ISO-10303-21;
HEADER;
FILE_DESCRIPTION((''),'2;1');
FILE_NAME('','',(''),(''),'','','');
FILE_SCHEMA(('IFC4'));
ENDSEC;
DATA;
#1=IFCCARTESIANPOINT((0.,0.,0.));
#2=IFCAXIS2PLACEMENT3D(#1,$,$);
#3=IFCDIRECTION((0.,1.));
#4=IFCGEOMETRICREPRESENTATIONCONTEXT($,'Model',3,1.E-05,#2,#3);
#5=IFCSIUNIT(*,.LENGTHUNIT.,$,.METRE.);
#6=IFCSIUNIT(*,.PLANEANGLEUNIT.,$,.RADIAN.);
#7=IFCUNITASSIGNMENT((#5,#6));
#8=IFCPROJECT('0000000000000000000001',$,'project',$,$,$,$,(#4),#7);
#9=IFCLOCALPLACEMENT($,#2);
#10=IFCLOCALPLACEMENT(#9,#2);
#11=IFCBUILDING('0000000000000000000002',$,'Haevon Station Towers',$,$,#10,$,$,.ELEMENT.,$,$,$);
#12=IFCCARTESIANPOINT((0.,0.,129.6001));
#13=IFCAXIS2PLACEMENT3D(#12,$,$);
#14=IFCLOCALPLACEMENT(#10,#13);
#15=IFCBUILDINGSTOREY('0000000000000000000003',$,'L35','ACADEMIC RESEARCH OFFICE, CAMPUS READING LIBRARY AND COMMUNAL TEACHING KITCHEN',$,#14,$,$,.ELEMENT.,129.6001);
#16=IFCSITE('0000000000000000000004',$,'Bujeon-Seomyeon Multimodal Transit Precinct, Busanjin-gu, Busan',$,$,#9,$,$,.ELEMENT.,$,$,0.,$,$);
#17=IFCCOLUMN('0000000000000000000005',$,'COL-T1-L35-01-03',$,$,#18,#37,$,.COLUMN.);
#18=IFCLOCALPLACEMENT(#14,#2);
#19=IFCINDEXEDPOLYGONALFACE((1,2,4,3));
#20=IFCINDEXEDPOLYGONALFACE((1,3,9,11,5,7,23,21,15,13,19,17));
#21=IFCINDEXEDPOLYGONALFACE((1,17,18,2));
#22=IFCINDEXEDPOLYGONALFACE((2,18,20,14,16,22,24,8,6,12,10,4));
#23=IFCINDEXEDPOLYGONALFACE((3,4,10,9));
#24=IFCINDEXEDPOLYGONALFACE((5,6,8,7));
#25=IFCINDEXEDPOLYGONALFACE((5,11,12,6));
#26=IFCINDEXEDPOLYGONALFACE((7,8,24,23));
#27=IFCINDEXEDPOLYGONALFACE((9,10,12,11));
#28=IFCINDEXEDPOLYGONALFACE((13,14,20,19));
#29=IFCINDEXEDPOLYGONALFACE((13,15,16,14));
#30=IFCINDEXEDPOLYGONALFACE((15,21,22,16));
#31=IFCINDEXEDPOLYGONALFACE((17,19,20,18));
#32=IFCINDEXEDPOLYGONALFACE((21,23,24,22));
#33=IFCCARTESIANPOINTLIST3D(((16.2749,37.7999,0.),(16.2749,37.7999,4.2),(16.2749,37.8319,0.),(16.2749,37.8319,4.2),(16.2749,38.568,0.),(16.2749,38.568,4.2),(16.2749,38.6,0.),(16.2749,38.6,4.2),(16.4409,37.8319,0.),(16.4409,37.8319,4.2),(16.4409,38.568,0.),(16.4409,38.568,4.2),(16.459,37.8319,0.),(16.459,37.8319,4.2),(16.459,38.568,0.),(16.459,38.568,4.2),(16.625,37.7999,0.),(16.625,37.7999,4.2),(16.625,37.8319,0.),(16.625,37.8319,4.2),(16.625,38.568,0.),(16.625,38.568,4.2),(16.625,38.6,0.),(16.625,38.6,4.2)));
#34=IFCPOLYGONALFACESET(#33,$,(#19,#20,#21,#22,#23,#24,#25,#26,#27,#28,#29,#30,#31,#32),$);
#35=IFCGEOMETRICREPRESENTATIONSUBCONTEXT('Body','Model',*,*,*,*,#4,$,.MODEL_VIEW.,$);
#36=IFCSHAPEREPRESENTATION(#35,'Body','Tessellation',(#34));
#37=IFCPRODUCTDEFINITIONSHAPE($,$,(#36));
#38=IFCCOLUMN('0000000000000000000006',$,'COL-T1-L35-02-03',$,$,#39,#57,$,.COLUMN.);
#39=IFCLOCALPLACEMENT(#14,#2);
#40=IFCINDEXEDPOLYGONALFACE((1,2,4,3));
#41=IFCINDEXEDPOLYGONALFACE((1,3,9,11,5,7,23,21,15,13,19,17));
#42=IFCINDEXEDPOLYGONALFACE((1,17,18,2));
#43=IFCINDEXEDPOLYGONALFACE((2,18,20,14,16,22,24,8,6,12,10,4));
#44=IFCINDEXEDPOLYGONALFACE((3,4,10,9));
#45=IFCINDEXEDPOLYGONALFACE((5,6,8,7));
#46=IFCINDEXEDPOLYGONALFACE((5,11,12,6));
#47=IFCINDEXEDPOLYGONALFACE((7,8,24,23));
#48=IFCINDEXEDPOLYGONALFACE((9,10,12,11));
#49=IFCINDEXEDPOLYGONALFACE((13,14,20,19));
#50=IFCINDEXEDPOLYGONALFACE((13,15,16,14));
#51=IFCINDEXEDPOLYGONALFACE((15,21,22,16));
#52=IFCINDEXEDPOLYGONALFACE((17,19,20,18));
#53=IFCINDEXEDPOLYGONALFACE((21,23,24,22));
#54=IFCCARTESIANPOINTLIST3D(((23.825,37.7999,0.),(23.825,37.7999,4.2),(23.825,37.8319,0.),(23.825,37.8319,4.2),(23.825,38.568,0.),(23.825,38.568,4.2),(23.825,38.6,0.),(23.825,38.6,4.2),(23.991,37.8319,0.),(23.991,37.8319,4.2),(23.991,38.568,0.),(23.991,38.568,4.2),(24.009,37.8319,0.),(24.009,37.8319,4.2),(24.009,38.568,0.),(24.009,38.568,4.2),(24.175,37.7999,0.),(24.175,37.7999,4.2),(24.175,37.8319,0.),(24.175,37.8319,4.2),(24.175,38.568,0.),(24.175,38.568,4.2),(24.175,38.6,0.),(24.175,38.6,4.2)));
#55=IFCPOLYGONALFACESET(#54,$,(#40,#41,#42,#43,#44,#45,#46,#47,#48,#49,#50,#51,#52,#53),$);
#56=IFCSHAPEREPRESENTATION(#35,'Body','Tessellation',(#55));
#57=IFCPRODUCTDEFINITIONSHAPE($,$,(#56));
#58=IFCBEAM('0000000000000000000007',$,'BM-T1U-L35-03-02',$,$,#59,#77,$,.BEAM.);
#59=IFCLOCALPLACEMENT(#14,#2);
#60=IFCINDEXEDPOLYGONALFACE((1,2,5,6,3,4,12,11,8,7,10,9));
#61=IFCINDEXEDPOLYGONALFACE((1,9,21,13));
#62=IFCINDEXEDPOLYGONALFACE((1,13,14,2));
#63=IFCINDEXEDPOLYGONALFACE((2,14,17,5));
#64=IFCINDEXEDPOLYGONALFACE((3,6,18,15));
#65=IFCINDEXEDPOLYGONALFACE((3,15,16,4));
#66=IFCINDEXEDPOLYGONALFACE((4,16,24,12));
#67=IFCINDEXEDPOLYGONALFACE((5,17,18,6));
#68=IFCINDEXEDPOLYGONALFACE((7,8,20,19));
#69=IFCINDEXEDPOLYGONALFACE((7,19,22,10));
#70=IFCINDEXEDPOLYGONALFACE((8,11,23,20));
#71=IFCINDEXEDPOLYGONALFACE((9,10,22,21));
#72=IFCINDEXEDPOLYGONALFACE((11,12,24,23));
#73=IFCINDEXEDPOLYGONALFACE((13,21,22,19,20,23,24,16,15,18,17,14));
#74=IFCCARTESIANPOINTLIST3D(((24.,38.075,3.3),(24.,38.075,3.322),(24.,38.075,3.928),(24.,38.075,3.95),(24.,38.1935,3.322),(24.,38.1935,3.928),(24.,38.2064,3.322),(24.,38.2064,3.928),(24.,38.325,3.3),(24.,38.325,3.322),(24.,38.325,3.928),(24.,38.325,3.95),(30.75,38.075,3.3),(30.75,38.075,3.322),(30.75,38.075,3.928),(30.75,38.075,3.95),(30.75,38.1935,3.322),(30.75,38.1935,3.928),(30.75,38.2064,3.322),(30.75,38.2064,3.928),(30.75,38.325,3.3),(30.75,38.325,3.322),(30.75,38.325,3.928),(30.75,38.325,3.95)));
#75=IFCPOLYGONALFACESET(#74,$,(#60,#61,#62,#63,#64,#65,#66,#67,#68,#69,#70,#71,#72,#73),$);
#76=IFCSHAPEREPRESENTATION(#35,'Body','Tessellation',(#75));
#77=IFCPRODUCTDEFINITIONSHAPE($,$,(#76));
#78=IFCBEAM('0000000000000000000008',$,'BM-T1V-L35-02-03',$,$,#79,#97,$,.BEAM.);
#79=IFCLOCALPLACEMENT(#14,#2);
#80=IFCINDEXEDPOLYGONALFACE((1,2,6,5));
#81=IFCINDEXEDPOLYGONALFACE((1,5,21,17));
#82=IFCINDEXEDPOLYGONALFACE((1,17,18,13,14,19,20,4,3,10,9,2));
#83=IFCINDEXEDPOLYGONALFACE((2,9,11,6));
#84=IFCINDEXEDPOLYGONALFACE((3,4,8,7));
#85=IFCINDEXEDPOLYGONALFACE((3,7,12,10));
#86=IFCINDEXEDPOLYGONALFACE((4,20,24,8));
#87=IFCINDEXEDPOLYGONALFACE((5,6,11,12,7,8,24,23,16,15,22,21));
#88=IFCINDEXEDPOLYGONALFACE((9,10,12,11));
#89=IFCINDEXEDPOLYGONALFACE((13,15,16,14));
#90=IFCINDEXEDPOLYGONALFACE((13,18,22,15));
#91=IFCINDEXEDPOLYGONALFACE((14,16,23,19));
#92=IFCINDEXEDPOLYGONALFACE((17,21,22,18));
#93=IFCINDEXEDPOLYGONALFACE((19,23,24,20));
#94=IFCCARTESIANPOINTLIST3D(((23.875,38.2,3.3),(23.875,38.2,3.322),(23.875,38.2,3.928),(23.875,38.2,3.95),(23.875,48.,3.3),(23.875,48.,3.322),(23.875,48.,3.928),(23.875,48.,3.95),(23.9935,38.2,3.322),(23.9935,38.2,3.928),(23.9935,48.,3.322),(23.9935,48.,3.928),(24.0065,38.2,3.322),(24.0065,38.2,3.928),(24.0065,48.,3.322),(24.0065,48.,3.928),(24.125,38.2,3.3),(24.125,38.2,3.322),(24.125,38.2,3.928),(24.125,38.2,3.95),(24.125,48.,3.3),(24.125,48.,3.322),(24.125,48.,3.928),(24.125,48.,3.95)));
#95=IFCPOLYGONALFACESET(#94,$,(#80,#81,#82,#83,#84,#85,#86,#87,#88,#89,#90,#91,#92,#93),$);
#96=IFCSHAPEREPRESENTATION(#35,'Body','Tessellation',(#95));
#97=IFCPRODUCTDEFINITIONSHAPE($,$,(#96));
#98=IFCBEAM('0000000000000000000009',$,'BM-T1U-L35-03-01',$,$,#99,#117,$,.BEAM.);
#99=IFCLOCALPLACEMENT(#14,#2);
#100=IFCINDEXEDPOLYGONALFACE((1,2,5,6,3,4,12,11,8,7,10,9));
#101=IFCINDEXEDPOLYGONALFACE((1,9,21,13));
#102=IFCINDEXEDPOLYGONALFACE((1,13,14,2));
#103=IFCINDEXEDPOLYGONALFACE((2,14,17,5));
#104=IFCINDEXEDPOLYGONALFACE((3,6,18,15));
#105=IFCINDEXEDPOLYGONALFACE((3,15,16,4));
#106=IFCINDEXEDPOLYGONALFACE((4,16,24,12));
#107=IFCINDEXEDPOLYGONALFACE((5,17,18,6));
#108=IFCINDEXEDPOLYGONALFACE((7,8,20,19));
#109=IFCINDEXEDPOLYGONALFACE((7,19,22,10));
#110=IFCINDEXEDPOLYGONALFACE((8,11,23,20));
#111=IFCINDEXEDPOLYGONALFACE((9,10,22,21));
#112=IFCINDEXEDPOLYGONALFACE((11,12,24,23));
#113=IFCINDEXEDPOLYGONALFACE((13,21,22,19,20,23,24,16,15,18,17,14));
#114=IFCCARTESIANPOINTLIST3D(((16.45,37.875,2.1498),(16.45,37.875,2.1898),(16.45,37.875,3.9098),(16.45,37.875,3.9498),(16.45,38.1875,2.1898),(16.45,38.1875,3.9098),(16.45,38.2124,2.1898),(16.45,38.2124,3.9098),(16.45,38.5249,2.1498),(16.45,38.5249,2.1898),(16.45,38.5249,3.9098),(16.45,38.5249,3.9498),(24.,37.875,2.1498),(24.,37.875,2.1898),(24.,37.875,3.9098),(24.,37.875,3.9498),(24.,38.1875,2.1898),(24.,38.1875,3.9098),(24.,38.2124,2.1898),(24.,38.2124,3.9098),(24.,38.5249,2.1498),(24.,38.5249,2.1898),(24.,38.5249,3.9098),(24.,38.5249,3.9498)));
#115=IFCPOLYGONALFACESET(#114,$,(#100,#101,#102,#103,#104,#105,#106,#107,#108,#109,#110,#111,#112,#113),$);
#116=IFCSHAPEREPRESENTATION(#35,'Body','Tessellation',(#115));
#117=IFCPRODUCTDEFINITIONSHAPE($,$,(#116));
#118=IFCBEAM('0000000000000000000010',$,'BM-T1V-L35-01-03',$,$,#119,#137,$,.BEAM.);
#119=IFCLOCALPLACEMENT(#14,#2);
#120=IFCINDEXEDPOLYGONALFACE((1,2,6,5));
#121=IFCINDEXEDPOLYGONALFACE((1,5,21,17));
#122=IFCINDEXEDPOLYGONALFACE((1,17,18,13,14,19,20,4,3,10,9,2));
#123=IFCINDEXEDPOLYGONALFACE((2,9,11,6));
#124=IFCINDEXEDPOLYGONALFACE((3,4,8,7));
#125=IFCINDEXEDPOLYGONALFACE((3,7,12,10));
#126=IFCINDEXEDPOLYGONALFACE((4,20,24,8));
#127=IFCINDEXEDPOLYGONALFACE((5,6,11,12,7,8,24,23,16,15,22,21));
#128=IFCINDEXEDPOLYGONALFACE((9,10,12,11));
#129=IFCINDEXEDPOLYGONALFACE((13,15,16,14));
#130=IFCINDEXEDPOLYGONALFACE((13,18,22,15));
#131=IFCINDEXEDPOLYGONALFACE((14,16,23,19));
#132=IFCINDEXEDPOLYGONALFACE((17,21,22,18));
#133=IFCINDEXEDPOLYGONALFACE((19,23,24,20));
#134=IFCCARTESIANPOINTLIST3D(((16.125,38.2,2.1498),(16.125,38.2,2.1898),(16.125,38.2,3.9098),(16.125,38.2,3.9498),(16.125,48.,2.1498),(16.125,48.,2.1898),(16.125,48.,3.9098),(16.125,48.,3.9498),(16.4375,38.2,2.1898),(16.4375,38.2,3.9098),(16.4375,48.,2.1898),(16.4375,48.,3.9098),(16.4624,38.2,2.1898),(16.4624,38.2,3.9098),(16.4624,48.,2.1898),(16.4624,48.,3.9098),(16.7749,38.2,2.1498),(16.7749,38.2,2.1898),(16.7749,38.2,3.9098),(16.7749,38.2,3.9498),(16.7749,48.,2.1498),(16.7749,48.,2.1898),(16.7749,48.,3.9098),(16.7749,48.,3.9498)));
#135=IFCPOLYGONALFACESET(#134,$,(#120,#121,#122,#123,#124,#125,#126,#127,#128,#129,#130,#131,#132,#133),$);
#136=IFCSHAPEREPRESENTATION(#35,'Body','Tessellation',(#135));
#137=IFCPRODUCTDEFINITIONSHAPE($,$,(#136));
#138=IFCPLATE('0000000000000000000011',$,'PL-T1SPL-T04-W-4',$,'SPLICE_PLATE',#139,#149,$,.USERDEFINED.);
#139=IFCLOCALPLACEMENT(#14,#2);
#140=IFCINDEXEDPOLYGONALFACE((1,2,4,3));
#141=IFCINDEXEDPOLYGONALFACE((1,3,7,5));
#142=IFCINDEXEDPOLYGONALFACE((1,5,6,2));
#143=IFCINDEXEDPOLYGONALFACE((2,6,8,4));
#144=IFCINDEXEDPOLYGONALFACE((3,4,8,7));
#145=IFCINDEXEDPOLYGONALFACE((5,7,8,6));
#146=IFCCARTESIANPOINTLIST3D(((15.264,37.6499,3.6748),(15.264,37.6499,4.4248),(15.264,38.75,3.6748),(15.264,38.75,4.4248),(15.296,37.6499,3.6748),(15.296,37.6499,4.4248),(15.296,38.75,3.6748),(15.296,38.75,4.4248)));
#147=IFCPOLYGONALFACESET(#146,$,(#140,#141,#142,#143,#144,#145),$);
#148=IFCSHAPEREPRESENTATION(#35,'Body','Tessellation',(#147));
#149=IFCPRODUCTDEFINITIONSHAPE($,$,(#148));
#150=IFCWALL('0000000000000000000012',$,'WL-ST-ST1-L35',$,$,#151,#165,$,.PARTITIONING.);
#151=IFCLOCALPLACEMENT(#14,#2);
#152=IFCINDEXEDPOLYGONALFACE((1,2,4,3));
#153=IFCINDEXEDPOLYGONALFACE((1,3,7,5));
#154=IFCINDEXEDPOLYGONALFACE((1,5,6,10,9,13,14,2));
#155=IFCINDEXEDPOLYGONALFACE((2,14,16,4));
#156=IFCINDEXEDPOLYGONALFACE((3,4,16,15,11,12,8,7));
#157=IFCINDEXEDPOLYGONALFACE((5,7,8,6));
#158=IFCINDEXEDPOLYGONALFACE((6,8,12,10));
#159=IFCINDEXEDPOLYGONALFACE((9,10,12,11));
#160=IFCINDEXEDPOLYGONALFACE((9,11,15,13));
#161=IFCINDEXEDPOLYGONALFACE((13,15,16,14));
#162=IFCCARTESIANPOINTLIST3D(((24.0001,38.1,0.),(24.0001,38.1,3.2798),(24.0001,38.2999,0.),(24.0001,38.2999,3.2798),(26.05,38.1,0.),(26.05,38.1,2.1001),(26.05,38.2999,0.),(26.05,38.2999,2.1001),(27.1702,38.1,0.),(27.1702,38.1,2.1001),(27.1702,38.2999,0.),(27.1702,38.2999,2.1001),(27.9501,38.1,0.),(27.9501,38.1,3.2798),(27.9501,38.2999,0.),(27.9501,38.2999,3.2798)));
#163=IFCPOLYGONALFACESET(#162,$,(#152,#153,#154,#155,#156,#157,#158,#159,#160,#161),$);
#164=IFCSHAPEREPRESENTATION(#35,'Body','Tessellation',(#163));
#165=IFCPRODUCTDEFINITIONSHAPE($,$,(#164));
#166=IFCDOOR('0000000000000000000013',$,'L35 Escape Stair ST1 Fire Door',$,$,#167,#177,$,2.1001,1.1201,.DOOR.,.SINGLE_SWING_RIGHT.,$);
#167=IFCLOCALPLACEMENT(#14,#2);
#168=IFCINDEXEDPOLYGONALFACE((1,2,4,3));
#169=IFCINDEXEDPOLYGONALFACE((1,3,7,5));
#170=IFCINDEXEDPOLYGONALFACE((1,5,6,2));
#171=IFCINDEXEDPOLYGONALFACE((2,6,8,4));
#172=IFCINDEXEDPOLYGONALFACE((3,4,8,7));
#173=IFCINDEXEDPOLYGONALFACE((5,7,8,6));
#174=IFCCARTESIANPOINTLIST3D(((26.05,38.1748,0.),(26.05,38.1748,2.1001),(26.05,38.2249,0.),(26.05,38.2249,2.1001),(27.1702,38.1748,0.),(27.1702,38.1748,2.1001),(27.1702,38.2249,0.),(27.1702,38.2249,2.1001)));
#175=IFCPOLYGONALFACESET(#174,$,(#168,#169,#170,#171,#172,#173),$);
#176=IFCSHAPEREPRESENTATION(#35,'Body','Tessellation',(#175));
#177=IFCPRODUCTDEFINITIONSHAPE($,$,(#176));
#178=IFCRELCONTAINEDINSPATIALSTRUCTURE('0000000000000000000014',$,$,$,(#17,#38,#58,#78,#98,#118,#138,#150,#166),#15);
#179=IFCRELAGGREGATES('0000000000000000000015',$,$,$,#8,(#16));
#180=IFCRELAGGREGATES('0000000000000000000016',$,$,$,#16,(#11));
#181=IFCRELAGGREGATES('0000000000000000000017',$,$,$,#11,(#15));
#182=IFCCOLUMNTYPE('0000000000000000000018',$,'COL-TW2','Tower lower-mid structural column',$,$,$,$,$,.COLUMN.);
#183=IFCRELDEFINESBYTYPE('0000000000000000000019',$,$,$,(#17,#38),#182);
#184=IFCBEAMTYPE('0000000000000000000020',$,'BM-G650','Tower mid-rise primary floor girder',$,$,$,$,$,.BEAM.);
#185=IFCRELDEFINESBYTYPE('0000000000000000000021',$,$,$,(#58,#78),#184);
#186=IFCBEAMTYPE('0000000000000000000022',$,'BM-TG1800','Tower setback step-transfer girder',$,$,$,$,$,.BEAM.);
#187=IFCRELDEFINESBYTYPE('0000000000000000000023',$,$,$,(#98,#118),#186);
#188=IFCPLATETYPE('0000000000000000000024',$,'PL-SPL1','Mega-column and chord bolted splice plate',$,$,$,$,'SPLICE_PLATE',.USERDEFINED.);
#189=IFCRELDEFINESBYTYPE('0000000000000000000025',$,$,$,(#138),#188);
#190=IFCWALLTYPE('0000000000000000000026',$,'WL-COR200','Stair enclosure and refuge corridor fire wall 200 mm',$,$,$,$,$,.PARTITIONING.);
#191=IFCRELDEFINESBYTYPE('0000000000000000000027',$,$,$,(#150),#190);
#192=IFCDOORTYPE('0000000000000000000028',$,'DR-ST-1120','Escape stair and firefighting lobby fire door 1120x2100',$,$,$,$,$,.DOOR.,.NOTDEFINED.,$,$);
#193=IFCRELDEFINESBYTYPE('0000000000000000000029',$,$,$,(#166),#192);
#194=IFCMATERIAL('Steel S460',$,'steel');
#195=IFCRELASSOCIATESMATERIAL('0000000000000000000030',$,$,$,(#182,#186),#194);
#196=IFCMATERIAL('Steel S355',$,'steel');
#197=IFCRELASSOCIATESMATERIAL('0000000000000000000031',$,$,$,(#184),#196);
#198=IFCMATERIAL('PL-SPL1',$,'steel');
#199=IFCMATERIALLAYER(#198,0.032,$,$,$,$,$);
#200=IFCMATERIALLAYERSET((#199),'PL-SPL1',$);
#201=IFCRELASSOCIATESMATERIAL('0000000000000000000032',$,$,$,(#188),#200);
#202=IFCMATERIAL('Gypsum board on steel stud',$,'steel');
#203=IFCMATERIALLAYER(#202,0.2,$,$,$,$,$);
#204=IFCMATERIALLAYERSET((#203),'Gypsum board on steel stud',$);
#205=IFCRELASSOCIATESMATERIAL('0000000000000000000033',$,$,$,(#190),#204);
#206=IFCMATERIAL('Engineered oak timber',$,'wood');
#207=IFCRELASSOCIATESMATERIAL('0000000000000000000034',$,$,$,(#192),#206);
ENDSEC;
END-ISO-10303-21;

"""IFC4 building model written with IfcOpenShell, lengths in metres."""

from ifc_helpers import new_model, si_unit, direction, frame, frame_2d, origin, origin_2d, place, context, subcontext, project, spatial, rectangle, i_section, extrude, material, layer, layer_set, material_profile, profile_set, type_object, element, fill, save


model = new_model("IFC4")

# Units and contexts
model_context = context("Model", 3, precision=1e-05, world=origin(), true_north=direction((0.0, 1.0)))
body_context = subcontext(model_context, "Body", "Model", "MODEL_VIEW")
ifc_project = project(units=[si_unit("LENGTHUNIT", "METRE"), si_unit("PLANEANGLEUNIT", "RADIAN")], contexts=[model_context])

# Site, building, storey
site_placement = place(None, origin())
site = spatial("IfcSite", under=ifc_project, at=site_placement, Name="Bujeon-Seomyeon Multimodal Transit Precinct, Busanjin-gu, Busan", CompositionType="ELEMENT", RefElevation=0.0)
building_placement = place(site_placement, origin())
building = spatial("IfcBuilding", under=site, at=building_placement, Name="Haevon Station Towers", CompositionType="ELEMENT")
storey_placement = place(building_placement, frame((0.0, 0.0, 129.6001)))
storey = spatial("IfcBuildingStorey", under=building, at=storey_placement, Name="L35", Description="ACADEMIC RESEARCH OFFICE, CAMPUS READING LIBRARY AND COMMUNAL TEACHING KITCHEN", CompositionType="ELEMENT", Elevation=129.6001)

# Columns
ifc_material_1 = material(Name="Steel S460", Category="steel")
ifc_material_profile_1 = material_profile(ifc_material_1, i_section(OverallWidth=0.3501, OverallDepth=0.8, WebThickness=0.0181, FlangeThickness=0.032, at=origin_2d()), Name="H-800x350x18x32")
ifc_profile_set_1 = profile_set([ifc_material_profile_1], Name="Steel S460")
column_type = type_object("IfcColumnType", Name="COL-TW2", Description="Tower lower-mid structural column", PredefinedType="COLUMN", material=ifc_profile_set_1)
for number, where, z_axis, x_axis, name in (
    (1, (16.45, 38.2, 0.0), (0.0, 0.0, 1.0), (1.0, 0.0, 0.0), "COL-T1-L35-01-03"),
    (2, (24.0, 38.2, 0.0), (0.0, 0.0, 1.0), (1.0, 0.0, 0.0), "COL-T1-L35-02-03"),
):
    element("IfcColumn", number, at=place(storey_placement, frame(where, z_axis=z_axis, x_axis=x_axis)), inside=storey, type_object=column_type, Name=name, PredefinedType="COLUMN", context=body_context, shape_type="SweptSolid", body=[
        extrude(i_section(OverallWidth=0.3501, OverallDepth=0.8, WebThickness=0.0181, FlangeThickness=0.032, at=origin_2d()), origin(), (0.0, 0.0, 1.0), 4.2),
    ])

# Beams
ifc_material_2 = material(Name="Steel S355", Category="steel")
ifc_material_profile_2 = material_profile(ifc_material_2, i_section(OverallWidth=0.25, OverallDepth=0.6499, WebThickness=0.0129, FlangeThickness=0.022, at=origin_2d()), Name="H-650x250x13x22")
ifc_profile_set_2 = profile_set([ifc_material_profile_2], Name="Steel S355")
beam_type_1 = type_object("IfcBeamType", Name="BM-G650", Description="Tower mid-rise primary floor girder", PredefinedType="BEAM", material=ifc_profile_set_2)
beam_1_placement = place(storey_placement, frame((24.0, 38.2, 3.625), z_axis=(1.0, 0.0, 0.0), x_axis=(0.0, 1.0, 0.0)))
element("IfcBeam", 3, at=beam_1_placement, inside=storey, type_object=beam_type_1, Name="BM-T1U-L35-03-02", PredefinedType="BEAM", context=body_context, shape_type="SweptSolid", body=[
    extrude(i_section(OverallWidth=0.25, OverallDepth=0.6499, WebThickness=0.0129, FlangeThickness=0.022, at=origin_2d()), origin(), (0.0, 0.0, 1.0), 6.75),
])
beam_2_placement = place(storey_placement, frame((24.0, 38.2, 3.625), z_axis=(0.0, 1.0, 0.0), x_axis=(-1.0, 0.0, 0.0)))
element("IfcBeam", 4, at=beam_2_placement, inside=storey, type_object=beam_type_1, Name="BM-T1V-L35-02-03", PredefinedType="BEAM", context=body_context, shape_type="SweptSolid", body=[
    extrude(i_section(OverallWidth=0.25, OverallDepth=0.6499, WebThickness=0.0129, FlangeThickness=0.022, at=origin_2d()), origin(), (0.0, 0.0, 1.0), 9.8),
])
ifc_material_profile_3 = material_profile(ifc_material_1, i_section(OverallWidth=0.6499, OverallDepth=1.8, WebThickness=0.0249, FlangeThickness=0.04, at=origin_2d()), Name="H-1800x650x25x40")
ifc_profile_set_3 = profile_set([ifc_material_profile_3], Name="Steel S460")
beam_type_2 = type_object("IfcBeamType", Name="BM-TG1800", Description="Tower setback step-transfer girder", PredefinedType="BEAM", material=ifc_profile_set_3)
beam_3_placement = place(storey_placement, frame((16.45, 38.2, 3.0498), z_axis=(1.0, 0.0, 0.0), x_axis=(0.0, 1.0, 0.0)))
element("IfcBeam", 5, at=beam_3_placement, inside=storey, type_object=beam_type_2, Name="BM-T1U-L35-03-01", PredefinedType="BEAM", context=body_context, shape_type="SweptSolid", body=[
    extrude(i_section(OverallWidth=0.6499, OverallDepth=1.8, WebThickness=0.0249, FlangeThickness=0.04, at=origin_2d()), origin(), (0.0, 0.0, 1.0), 7.55),
])
beam_4_placement = place(storey_placement, frame((16.45, 38.2, 3.0498), z_axis=(0.0, 1.0, 0.0), x_axis=(-1.0, 0.0, 0.0)))
element("IfcBeam", 6, at=beam_4_placement, inside=storey, type_object=beam_type_2, Name="BM-T1V-L35-01-03", PredefinedType="BEAM", context=body_context, shape_type="SweptSolid", body=[
    extrude(i_section(OverallWidth=0.6499, OverallDepth=1.8, WebThickness=0.0249, FlangeThickness=0.04, at=origin_2d()), origin(), (0.0, 0.0, 1.0), 9.8),
])

# Plate
ifc_material_3 = material(Name="PL-SPL1", Category="steel")
ifc_layer_1 = layer(ifc_material_3, 0.032)
ifc_layer_set_1 = layer_set([ifc_layer_1], Name="PL-SPL1")
plate_type = type_object("IfcPlateType", Name="PL-SPL1", Description="Mega-column and chord bolted splice plate", ElementType="SPLICE_PLATE", PredefinedType="USERDEFINED", material=ifc_layer_set_1)
plate_placement = place(storey_placement, frame((15.28, 38.2, 3.6748), z_axis=(0.0, 0.0, 1.0), x_axis=(0.0, 1.0, 0.0)))
element("IfcPlate", 7, at=plate_placement, inside=storey, type_object=plate_type, Name="PL-T1SPL-T04-W-4", ObjectType="SPLICE_PLATE", PredefinedType="USERDEFINED", context=body_context, shape_type="SweptSolid", body=[
    extrude(rectangle(XDim=1.1001, YDim=0.032, at=origin_2d()), origin(), (0.0, 0.0, 1.0), 0.75),
])

# Wall, opening, door
ifc_material_4 = material(Name="Gypsum board on steel stud", Category="steel")
ifc_layer_2 = layer(ifc_material_4, 0.2)
ifc_layer_set_2 = layer_set([ifc_layer_2], Name="Gypsum board on steel stud")
wall_type_1 = type_object("IfcWallType", Name="WL-COR200", Description="Stair enclosure and refuge corridor fire wall 200 mm", PredefinedType="PARTITIONING", material=ifc_layer_set_2)
wall_1_placement = place(storey_placement, frame((24.0, 38.2, 0.0), z_axis=(0.0, 0.0, 1.0), x_axis=(1.0, 0.0, 0.0)))
wall_1 = element("IfcWall", 8, at=wall_1_placement, inside=storey, type_object=wall_type_1, Name="WL-ST-ST1-L35", PredefinedType="PARTITIONING", context=body_context, shape_type="SweptSolid", body=[
    extrude(rectangle(XDim=3.95, YDim=0.2, at=frame_2d((1.9751, 0.0))), origin(), (0.0, 0.0, 1.0), 3.2798),
])
opening_1_placement = place(wall_1_placement, frame((2.05, 0.0, 0.0)))
opening_1 = element("IfcOpeningElement", 9, at=opening_1_placement, cuts=wall_1, PredefinedType="OPENING", context=body_context, shape_type="SweptSolid", body=[
    extrude(rectangle(XDim=1.1201, YDim=2.1001, at=frame_2d((0.5601, 1.05))), frame((0.0, 0.1099, 0.0), z_axis=(0.0, -1.0, 0.0), x_axis=(1.0, 0.0, 0.0)), (0.0, 0.0, 1.0), 0.22),
])
ifc_material_5 = material(Name="Engineered oak timber", Category="wood")
door_type_1 = type_object("IfcDoorType", Name="DR-ST-1120", Description="Escape stair and firefighting lobby fire door 1120x2100", OperationType="NOTDEFINED", PredefinedType="DOOR", material=ifc_material_5)
door_1_placement = place(opening_1_placement, origin())
door_1 = element("IfcDoor", 10, at=door_1_placement, inside=storey, type_object=door_type_1, Name="L35 Escape Stair ST1 Fire Door", OperationType="SINGLE_SWING_RIGHT", OverallHeight=2.1001, OverallWidth=1.1201, PredefinedType="DOOR", context=body_context, shape_type="SweptSolid", body=[
    extrude(rectangle(XDim=1.1201, YDim=2.1001, at=frame_2d((0.5601, 1.05))), frame((0.0, 0.0249, 0.0), z_axis=(0.0, -1.0, 0.0), x_axis=(1.0, 0.0, 0.0)), (0.0, 0.0, 1.0), 0.05),
])
fill(opening_1, door_1)

save(model, "model.ifc")
